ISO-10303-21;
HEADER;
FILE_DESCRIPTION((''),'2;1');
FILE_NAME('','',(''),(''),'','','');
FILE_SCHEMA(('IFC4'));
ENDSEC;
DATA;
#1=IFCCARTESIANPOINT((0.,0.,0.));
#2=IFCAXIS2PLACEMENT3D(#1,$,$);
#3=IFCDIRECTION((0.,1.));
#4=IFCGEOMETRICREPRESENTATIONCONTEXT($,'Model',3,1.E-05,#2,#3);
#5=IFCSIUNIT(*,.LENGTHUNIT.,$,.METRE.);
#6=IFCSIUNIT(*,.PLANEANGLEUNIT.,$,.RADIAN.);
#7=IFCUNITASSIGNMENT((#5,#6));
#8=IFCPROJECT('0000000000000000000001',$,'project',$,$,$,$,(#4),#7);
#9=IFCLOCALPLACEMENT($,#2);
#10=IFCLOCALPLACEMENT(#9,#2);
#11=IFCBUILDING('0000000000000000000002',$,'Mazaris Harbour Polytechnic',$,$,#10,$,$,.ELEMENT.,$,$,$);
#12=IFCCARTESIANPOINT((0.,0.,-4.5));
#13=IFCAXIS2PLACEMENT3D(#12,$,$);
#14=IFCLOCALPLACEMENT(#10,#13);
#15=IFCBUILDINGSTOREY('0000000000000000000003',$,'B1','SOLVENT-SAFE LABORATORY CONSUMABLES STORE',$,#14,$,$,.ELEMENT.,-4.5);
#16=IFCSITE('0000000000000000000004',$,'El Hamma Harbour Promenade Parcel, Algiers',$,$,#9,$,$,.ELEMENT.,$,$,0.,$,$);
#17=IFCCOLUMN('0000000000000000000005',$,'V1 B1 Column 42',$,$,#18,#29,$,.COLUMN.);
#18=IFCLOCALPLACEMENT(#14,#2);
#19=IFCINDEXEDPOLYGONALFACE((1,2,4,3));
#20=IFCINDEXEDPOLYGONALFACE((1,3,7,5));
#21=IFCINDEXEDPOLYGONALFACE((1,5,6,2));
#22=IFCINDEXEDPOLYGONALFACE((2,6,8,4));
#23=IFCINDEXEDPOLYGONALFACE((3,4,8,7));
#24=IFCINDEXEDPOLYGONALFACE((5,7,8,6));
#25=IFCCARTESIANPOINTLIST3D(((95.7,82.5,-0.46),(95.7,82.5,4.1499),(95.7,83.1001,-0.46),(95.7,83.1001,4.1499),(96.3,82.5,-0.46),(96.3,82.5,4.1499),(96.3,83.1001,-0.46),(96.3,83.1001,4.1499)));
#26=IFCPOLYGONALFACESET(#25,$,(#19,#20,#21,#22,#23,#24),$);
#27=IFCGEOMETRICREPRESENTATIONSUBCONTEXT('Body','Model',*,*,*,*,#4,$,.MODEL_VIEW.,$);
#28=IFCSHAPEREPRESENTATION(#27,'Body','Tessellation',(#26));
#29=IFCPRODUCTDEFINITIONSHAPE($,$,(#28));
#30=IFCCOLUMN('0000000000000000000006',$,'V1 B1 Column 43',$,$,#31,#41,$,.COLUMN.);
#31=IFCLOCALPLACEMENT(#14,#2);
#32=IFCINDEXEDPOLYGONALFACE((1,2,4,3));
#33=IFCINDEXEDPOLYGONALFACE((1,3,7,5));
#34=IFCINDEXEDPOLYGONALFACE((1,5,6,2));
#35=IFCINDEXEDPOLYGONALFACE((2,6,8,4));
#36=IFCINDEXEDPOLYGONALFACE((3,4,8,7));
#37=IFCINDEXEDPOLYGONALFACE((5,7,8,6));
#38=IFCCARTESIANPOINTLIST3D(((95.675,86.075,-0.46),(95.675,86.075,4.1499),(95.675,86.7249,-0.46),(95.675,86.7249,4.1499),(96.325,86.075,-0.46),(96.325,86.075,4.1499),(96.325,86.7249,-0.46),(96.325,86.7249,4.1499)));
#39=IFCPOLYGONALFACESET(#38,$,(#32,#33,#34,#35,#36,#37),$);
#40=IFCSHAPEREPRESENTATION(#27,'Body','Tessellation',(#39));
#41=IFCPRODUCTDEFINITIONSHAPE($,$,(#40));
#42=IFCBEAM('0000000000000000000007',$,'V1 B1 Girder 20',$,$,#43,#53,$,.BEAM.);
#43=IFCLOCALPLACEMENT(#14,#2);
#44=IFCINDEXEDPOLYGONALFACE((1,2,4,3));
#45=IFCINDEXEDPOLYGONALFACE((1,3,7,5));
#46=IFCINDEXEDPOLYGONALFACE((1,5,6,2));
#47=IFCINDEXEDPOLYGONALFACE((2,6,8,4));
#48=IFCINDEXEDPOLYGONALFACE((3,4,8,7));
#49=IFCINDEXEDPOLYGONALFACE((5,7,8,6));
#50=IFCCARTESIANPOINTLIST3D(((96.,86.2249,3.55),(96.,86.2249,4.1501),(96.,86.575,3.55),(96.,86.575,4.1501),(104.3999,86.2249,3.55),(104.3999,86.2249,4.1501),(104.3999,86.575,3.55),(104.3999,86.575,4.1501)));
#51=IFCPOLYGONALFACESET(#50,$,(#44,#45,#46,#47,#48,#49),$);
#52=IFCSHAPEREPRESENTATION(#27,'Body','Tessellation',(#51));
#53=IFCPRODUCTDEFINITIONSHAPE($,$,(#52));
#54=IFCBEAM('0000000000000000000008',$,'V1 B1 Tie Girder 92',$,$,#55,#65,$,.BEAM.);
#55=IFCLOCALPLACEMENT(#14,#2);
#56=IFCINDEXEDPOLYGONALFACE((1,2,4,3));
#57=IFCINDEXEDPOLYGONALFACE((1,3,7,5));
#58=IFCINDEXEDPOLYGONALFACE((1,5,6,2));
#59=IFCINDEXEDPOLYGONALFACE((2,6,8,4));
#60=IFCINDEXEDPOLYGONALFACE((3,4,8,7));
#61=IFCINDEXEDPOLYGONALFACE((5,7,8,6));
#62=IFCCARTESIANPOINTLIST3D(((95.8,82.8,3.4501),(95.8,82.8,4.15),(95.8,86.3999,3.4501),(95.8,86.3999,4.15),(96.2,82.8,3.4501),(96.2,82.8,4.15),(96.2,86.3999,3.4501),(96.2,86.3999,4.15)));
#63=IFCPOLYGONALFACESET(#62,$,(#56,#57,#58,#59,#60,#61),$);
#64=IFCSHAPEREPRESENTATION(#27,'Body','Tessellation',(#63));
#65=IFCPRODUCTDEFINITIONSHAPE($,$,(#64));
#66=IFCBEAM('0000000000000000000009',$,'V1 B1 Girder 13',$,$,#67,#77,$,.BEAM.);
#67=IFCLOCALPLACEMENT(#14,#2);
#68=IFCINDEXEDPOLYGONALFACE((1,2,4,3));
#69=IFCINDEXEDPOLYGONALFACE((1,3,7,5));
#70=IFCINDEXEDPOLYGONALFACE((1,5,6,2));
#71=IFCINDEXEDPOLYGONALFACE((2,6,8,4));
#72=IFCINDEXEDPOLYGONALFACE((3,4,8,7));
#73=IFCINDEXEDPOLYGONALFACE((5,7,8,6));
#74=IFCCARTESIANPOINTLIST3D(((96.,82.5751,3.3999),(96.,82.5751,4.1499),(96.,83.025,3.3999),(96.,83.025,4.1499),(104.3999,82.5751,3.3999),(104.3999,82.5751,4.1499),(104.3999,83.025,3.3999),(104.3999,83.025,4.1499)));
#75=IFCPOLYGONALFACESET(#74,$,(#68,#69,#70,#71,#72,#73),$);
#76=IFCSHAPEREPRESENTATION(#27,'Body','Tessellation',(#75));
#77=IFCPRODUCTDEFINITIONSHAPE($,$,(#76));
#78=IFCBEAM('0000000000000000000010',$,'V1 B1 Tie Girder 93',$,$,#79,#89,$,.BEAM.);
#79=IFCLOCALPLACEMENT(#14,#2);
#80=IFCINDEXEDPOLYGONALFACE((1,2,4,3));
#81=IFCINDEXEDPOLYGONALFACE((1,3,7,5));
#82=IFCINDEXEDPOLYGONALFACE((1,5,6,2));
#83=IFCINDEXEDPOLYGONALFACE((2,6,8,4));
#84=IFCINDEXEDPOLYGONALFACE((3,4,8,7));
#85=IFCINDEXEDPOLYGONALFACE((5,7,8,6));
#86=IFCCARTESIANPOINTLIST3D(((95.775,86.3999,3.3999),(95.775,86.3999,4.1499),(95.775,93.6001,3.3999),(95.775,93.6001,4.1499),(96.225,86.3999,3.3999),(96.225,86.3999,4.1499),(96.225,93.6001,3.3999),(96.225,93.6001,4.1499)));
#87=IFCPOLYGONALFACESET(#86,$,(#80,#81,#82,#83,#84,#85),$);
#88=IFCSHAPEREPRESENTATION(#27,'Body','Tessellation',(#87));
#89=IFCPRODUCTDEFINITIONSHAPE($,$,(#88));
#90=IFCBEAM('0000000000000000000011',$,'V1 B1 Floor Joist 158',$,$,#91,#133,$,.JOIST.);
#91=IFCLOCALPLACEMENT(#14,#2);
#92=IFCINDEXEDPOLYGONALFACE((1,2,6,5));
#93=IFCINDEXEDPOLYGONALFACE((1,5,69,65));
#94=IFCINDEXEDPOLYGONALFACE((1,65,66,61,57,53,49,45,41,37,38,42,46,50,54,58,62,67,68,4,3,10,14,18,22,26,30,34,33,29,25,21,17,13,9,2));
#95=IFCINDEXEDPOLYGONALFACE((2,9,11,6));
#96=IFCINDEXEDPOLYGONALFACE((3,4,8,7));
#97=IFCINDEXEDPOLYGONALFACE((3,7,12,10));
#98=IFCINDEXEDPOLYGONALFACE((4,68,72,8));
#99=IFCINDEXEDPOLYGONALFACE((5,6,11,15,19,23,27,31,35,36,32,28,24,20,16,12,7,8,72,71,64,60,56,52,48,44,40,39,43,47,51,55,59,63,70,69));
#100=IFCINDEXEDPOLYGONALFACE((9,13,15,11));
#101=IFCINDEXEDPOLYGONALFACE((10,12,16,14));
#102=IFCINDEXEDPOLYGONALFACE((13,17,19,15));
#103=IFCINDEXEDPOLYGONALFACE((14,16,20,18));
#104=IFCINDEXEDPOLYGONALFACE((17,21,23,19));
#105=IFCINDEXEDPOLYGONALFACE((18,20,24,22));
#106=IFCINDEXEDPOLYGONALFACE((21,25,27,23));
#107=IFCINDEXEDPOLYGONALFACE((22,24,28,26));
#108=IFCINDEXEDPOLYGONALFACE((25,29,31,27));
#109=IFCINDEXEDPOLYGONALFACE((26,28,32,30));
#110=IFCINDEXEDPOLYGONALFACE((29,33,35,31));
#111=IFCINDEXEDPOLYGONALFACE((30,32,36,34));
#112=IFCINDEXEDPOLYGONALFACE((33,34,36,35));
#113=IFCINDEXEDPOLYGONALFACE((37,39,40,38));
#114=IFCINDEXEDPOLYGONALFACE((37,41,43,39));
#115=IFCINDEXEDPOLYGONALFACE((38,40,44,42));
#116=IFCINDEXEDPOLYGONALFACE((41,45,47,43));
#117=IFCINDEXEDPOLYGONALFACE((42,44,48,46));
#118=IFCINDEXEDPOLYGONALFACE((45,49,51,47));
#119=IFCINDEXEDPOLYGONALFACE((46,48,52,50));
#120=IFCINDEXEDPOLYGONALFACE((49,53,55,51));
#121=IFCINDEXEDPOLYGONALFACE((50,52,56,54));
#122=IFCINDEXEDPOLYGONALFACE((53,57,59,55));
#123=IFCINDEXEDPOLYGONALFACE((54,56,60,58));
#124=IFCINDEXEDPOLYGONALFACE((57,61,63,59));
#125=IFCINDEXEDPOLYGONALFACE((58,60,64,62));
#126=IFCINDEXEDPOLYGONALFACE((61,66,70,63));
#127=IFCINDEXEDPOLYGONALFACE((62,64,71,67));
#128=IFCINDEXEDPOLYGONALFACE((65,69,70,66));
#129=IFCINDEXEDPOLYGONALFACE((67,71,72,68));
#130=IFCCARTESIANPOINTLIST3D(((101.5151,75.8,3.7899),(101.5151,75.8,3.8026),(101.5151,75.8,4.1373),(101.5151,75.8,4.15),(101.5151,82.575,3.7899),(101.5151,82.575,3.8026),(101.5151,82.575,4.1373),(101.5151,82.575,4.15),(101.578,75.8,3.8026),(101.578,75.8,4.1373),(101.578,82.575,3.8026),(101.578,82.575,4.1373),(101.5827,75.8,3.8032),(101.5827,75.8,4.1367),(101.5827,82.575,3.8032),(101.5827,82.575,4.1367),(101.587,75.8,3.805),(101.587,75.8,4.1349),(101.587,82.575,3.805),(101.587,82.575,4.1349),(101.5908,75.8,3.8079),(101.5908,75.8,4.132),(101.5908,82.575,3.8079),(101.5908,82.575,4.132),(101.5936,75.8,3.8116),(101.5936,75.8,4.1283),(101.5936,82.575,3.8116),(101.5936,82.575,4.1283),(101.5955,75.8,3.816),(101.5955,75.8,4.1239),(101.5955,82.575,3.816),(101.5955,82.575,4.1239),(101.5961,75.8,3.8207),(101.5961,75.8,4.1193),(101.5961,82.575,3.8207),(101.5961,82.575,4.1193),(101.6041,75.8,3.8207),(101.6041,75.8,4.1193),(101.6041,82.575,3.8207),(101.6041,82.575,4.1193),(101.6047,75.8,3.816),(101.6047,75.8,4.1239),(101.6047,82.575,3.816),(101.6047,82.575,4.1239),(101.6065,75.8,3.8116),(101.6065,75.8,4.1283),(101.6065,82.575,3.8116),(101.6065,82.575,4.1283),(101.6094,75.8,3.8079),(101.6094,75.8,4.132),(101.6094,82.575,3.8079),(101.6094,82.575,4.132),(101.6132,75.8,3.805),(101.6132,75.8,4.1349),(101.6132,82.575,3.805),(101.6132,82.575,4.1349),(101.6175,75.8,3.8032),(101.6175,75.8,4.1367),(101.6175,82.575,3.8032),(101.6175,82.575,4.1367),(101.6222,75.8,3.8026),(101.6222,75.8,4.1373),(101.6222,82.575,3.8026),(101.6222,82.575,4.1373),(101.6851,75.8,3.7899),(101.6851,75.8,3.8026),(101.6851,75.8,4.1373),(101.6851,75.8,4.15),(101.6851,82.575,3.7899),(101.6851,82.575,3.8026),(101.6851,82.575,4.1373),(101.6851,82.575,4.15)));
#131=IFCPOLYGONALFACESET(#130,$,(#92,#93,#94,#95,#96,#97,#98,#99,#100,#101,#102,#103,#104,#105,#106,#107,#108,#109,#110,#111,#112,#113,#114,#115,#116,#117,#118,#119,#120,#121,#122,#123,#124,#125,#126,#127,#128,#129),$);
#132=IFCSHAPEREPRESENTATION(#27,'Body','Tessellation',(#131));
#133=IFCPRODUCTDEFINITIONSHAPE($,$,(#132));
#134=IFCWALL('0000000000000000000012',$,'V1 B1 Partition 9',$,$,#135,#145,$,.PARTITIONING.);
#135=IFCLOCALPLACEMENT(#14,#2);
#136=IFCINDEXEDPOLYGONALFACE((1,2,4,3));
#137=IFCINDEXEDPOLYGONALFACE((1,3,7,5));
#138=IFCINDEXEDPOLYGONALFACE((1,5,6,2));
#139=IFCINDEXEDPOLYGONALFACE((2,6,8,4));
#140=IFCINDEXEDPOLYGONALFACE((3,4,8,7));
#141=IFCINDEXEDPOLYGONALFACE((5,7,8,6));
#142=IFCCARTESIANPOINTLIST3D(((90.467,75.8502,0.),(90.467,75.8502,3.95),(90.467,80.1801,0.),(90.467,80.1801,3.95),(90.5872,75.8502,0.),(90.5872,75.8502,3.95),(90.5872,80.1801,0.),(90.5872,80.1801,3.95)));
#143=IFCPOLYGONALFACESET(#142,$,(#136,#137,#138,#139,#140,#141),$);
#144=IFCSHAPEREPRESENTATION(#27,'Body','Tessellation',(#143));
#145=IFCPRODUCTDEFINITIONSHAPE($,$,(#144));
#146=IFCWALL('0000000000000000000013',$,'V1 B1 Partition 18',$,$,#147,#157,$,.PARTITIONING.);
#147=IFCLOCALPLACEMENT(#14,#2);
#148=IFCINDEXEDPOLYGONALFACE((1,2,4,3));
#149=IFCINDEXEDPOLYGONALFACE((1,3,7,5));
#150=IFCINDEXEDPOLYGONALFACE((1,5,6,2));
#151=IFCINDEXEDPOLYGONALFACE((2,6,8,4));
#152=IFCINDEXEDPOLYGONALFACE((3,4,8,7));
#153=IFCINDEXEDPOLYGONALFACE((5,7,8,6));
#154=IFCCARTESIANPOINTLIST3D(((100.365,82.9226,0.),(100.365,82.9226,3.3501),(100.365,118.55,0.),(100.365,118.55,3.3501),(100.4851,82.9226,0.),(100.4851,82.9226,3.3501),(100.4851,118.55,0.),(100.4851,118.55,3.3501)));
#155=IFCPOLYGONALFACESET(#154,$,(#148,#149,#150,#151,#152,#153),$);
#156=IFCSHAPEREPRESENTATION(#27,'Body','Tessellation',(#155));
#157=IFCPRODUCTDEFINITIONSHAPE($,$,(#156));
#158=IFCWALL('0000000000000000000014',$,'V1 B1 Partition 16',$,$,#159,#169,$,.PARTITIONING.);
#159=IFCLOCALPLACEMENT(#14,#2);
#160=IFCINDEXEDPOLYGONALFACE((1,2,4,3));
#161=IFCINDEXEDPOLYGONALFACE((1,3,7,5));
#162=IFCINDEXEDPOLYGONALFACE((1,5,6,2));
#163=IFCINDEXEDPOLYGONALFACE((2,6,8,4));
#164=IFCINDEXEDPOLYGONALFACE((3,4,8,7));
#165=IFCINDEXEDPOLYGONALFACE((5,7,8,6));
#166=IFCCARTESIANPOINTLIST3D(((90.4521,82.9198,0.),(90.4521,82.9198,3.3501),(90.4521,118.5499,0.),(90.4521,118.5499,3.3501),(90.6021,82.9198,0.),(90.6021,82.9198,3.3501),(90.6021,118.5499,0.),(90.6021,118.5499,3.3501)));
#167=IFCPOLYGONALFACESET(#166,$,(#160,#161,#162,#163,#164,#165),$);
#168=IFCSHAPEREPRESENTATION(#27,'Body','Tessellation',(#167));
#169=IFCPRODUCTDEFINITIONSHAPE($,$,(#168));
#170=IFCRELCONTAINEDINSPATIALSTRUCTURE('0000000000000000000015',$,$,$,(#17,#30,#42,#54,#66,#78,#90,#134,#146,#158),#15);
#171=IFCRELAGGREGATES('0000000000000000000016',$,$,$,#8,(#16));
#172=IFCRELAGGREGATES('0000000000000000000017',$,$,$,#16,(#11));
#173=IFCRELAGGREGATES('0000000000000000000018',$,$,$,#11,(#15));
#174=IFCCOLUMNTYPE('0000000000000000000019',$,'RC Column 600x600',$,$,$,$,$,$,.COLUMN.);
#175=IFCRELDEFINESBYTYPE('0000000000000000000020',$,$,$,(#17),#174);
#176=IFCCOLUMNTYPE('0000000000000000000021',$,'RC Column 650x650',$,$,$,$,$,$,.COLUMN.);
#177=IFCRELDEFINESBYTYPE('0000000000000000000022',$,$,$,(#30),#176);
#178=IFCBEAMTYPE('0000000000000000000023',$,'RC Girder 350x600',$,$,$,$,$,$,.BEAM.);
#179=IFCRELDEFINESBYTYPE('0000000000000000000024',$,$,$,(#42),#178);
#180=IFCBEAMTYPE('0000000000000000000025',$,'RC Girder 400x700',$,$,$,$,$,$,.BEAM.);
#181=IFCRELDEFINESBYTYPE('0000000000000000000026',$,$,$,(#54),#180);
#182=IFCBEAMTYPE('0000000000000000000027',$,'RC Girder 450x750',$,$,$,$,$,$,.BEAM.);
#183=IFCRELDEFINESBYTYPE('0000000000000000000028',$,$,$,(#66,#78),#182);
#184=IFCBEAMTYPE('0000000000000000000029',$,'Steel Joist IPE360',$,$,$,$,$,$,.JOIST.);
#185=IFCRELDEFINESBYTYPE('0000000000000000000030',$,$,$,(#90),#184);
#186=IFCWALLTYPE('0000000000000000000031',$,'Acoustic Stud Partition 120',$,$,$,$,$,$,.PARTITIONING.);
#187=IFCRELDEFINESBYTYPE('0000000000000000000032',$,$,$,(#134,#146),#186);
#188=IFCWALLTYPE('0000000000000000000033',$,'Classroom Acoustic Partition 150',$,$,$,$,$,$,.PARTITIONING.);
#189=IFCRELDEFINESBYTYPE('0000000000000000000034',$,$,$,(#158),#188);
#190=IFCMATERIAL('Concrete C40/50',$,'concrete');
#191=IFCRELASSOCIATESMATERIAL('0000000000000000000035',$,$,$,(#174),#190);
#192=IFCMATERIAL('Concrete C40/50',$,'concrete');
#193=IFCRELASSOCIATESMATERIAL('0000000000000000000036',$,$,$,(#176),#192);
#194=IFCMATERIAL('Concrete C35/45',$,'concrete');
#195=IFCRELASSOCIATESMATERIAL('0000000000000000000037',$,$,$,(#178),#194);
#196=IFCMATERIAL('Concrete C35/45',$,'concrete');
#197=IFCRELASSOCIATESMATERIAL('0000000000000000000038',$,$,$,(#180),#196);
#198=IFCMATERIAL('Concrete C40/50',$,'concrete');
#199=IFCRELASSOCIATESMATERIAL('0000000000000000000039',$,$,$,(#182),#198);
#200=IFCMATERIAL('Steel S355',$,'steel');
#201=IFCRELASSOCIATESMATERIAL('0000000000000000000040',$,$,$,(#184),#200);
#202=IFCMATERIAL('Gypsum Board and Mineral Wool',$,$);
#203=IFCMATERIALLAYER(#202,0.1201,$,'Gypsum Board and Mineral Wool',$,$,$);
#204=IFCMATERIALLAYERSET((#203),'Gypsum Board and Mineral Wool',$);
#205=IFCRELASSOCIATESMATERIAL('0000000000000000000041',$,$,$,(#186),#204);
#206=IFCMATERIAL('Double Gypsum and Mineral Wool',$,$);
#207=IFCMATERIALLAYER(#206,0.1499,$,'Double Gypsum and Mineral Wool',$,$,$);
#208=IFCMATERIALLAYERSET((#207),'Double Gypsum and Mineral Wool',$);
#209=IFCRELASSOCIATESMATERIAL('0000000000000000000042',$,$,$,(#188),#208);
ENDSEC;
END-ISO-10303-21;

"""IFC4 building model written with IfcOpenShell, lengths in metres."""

from ifc_helpers import new_model, si_unit, direction, frame, frame_2d, origin, origin_2d, place, context, subcontext, project, spatial, rectangle, i_section, extrude, material, layer, layer_set, material_profile, profile_set, type_object, element, save


model = new_model("IFC4")

# Units and contexts
model_context = context("Model", 3, precision=1e-05, world=origin(), true_north=direction((0.0, 1.0)))
body_context = subcontext(model_context, "Body", "Model", "MODEL_VIEW")
ifc_project = project(units=[si_unit("LENGTHUNIT", "METRE"), si_unit("PLANEANGLEUNIT", "RADIAN")], contexts=[model_context])

# Site, building, storey
site_placement = place(None, origin())
site = spatial("IfcSite", under=ifc_project, at=site_placement, Name="El Hamma Harbour Promenade Parcel, Algiers", CompositionType="ELEMENT", RefElevation=0.0)
building_placement = place(site_placement, origin())
building = spatial("IfcBuilding", under=site, at=building_placement, Name="Mazaris Harbour Polytechnic", CompositionType="ELEMENT")
storey_placement = place(building_placement, frame((0.0, 0.0, -4.5)))
storey = spatial("IfcBuildingStorey", under=building, at=storey_placement, Name="B1", Description="SOLVENT-SAFE LABORATORY CONSUMABLES STORE", CompositionType="ELEMENT", Elevation=-4.5)

# Columns
ifc_material_1 = material(Name="Concrete C40/50", Category="concrete")
ifc_material_profile_1 = material_profile(ifc_material_1, rectangle(XDim=0.6001, YDim=0.6001, at=origin_2d()), Name="RECT600x600")
ifc_profile_set_1 = profile_set([ifc_material_profile_1], Name="Concrete C40/50")
column_type_1 = type_object("IfcColumnType", Name="RC Column 600x600", PredefinedType="COLUMN", material=ifc_profile_set_1)
column_1_placement = place(storey_placement, frame((96.0, 82.8, -0.46), z_axis=(0.0, 0.0, 1.0), x_axis=(1.0, 0.0, 0.0)))
element("IfcColumn", 1, at=column_1_placement, inside=storey, type_object=column_type_1, Name="V1 B1 Column 42", PredefinedType="COLUMN", context=body_context, shape_type="SweptSolid", body=[
    extrude(rectangle(XDim=0.6001, YDim=0.6001, at=origin_2d()), origin(), (0.0, 0.0, 1.0), 4.6099),
])
ifc_material_2 = material(Name="Concrete C40/50", Category="concrete")
ifc_material_profile_2 = material_profile(ifc_material_2, rectangle(XDim=0.6499, YDim=0.6499, at=origin_2d()), Name="RECT650x650")
ifc_profile_set_2 = profile_set([ifc_material_profile_2], Name="Concrete C40/50")
column_type_2 = type_object("IfcColumnType", Name="RC Column 650x650", PredefinedType="COLUMN", material=ifc_profile_set_2)
column_2_placement = place(storey_placement, frame((96.0, 86.3999, -0.46), z_axis=(0.0, 0.0, 1.0), x_axis=(1.0, 0.0, 0.0)))
element("IfcColumn", 2, at=column_2_placement, inside=storey, type_object=column_type_2, Name="V1 B1 Column 43", PredefinedType="COLUMN", context=body_context, shape_type="SweptSolid", body=[
    extrude(rectangle(XDim=0.6499, YDim=0.6499, at=origin_2d()), origin(), (0.0, 0.0, 1.0), 4.6099),
])

# Beams
ifc_material_3 = material(Name="Concrete C35/45", Category="concrete")
ifc_material_profile_3 = material_profile(ifc_material_3, rectangle(XDim=0.3501, YDim=0.6001, at=origin_2d()), Name="RECT350x600")
ifc_profile_set_3 = profile_set([ifc_material_profile_3], Name="Concrete C35/45")
beam_type_1 = type_object("IfcBeamType", Name="RC Girder 350x600", PredefinedType="BEAM", material=ifc_profile_set_3)
beam_1_placement = place(storey_placement, frame((96.0, 86.3999, 3.8501), z_axis=(1.0, 0.0, 0.0), x_axis=(0.0, 1.0, 0.0)))
element("IfcBeam", 3, at=beam_1_placement, inside=storey, type_object=beam_type_1, Name="V1 B1 Girder 20", PredefinedType="BEAM", context=body_context, shape_type="SweptSolid", body=[
    extrude(rectangle(XDim=0.3501, YDim=0.6001, at=origin_2d()), origin(), (0.0, 0.0, 1.0), 8.3999),
])
ifc_material_4 = material(Name="Concrete C35/45", Category="concrete")
ifc_material_profile_4 = material_profile(ifc_material_4, rectangle(XDim=0.3999, YDim=0.7, at=origin_2d()), Name="RECT400x700")
ifc_profile_set_4 = profile_set([ifc_material_profile_4], Name="Concrete C35/45")
beam_type_2 = type_object("IfcBeamType", Name="RC Girder 400x700", PredefinedType="BEAM", material=ifc_profile_set_4)
beam_2_placement = place(storey_placement, frame((96.0, 82.8, 3.8), z_axis=(0.0, 1.0, 0.0), x_axis=(-1.0, 0.0, 0.0)))
element("IfcBeam", 4, at=beam_2_placement, inside=storey, type_object=beam_type_2, Name="V1 B1 Tie Girder 92", PredefinedType="BEAM", context=body_context, shape_type="SweptSolid", body=[
    extrude(rectangle(XDim=0.3999, YDim=0.7, at=origin_2d()), origin(), (0.0, 0.0, 1.0), 3.5999),
])
ifc_material_5 = material(Name="Concrete C40/50", Category="concrete")
ifc_material_profile_5 = material_profile(ifc_material_5, rectangle(XDim=0.45, YDim=0.75, at=origin_2d()), Name="RECT450x750")
ifc_profile_set_5 = profile_set([ifc_material_profile_5], Name="Concrete C40/50")
beam_type_3 = type_object("IfcBeamType", Name="RC Girder 450x750", PredefinedType="BEAM", material=ifc_profile_set_5)
beam_3_placement = place(storey_placement, frame((96.0, 82.8, 3.7749), z_axis=(1.0, 0.0, 0.0), x_axis=(0.0, 1.0, 0.0)))
element("IfcBeam", 5, at=beam_3_placement, inside=storey, type_object=beam_type_3, Name="V1 B1 Girder 13", PredefinedType="BEAM", context=body_context, shape_type="SweptSolid", body=[
    extrude(rectangle(XDim=0.45, YDim=0.75, at=origin_2d()), origin(), (0.0, 0.0, 1.0), 8.3999),
])
beam_4_placement = place(storey_placement, frame((96.0, 86.3999, 3.7749), z_axis=(0.0, 1.0, 0.0), x_axis=(-1.0, 0.0, 0.0)))
element("IfcBeam", 6, at=beam_4_placement, inside=storey, type_object=beam_type_3, Name="V1 B1 Tie Girder 93", PredefinedType="BEAM", context=body_context, shape_type="SweptSolid", body=[
    extrude(rectangle(XDim=0.45, YDim=0.75, at=origin_2d()), origin(), (0.0, 0.0, 1.0), 7.2002),
])
ifc_material_6 = material(Name="Steel S355", Category="steel")
ifc_material_profile_6 = material_profile(ifc_material_6, i_section(OverallWidth=0.1699, OverallDepth=0.3601, WebThickness=0.0081, FlangeThickness=0.0127, FilletRadius=0.0181, at=origin_2d()), Name="IPE 360")
ifc_profile_set_6 = profile_set([ifc_material_profile_6], Name="Steel S355")
beam_type_4 = type_object("IfcBeamType", Name="Steel Joist IPE360", PredefinedType="JOIST", material=ifc_profile_set_6)
beam_5_placement = place(storey_placement, frame((101.6001, 75.8, 3.97), z_axis=(0.0, 1.0, 0.0), x_axis=(-1.0, 0.0, 0.0)))
element("IfcBeam", 7, at=beam_5_placement, inside=storey, type_object=beam_type_4, Name="V1 B1 Floor Joist 158", PredefinedType="JOIST", context=body_context, shape_type="SweptSolid", body=[
    extrude(i_section(OverallWidth=0.1699, OverallDepth=0.3601, WebThickness=0.0081, FlangeThickness=0.0127, FilletRadius=0.0181, at=origin_2d()), origin(), (0.0, 0.0, 1.0), 6.7749),
])

# Walls
ifc_material_7 = material(Name="Gypsum Board and Mineral Wool")
ifc_layer_1 = layer(ifc_material_7, 0.1201, Name="Gypsum Board and Mineral Wool")
ifc_layer_set_1 = layer_set([ifc_layer_1], Name="Gypsum Board and Mineral Wool")
wall_type_1 = type_object("IfcWallType", Name="Acoustic Stud Partition 120", PredefinedType="PARTITIONING", material=ifc_layer_set_1)
wall_1_placement = place(storey_placement, frame((90.5271, 75.8501, 0.0), z_axis=(0.0, 0.0, 1.0), x_axis=(0.0, 1.0, 0.0)))
element("IfcWall", 8, at=wall_1_placement, inside=storey, type_object=wall_type_1, Name="V1 B1 Partition 9", PredefinedType="PARTITIONING", context=body_context, shape_type="SweptSolid", body=[
    extrude(rectangle(XDim=4.3298, YDim=0.1201, at=frame_2d((2.165, 0.0))), origin(), (0.0, 0.0, 1.0), 3.95),
])
wall_2_placement = place(storey_placement, frame((100.425, 82.9226, 0.0), z_axis=(0.0, 0.0, 1.0), x_axis=(0.0, 1.0, 0.0)))
element("IfcWall", 9, at=wall_2_placement, inside=storey, type_object=wall_type_1, Name="V1 B1 Partition 18", PredefinedType="PARTITIONING", context=body_context, shape_type="SweptSolid", body=[
    extrude(rectangle(XDim=35.6274, YDim=0.1201, at=frame_2d((17.8137, 0.0))), origin(), (0.0, 0.0, 1.0), 3.3501),
])
ifc_material_8 = material(Name="Double Gypsum and Mineral Wool")
ifc_layer_2 = layer(ifc_material_8, 0.1499, Name="Double Gypsum and Mineral Wool")
ifc_layer_set_2 = layer_set([ifc_layer_2], Name="Double Gypsum and Mineral Wool")
wall_type_2 = type_object("IfcWallType", Name="Classroom Acoustic Partition 150", PredefinedType="PARTITIONING", material=ifc_layer_set_2)
wall_3_placement = place(storey_placement, frame((90.5271, 82.9199, 0.0), z_axis=(0.0, 0.0, 1.0), x_axis=(0.0, 1.0, 0.0)))
element("IfcWall", 10, at=wall_3_placement, inside=storey, type_object=wall_type_2, Name="V1 B1 Partition 16", PredefinedType="PARTITIONING", context=body_context, shape_type="SweptSolid", body=[
    extrude(rectangle(XDim=35.6301, YDim=0.1499, at=frame_2d((17.8149, 0.0))), origin(), (0.0, 0.0, 1.0), 3.3501),
])

save(model, "model.ifc")
